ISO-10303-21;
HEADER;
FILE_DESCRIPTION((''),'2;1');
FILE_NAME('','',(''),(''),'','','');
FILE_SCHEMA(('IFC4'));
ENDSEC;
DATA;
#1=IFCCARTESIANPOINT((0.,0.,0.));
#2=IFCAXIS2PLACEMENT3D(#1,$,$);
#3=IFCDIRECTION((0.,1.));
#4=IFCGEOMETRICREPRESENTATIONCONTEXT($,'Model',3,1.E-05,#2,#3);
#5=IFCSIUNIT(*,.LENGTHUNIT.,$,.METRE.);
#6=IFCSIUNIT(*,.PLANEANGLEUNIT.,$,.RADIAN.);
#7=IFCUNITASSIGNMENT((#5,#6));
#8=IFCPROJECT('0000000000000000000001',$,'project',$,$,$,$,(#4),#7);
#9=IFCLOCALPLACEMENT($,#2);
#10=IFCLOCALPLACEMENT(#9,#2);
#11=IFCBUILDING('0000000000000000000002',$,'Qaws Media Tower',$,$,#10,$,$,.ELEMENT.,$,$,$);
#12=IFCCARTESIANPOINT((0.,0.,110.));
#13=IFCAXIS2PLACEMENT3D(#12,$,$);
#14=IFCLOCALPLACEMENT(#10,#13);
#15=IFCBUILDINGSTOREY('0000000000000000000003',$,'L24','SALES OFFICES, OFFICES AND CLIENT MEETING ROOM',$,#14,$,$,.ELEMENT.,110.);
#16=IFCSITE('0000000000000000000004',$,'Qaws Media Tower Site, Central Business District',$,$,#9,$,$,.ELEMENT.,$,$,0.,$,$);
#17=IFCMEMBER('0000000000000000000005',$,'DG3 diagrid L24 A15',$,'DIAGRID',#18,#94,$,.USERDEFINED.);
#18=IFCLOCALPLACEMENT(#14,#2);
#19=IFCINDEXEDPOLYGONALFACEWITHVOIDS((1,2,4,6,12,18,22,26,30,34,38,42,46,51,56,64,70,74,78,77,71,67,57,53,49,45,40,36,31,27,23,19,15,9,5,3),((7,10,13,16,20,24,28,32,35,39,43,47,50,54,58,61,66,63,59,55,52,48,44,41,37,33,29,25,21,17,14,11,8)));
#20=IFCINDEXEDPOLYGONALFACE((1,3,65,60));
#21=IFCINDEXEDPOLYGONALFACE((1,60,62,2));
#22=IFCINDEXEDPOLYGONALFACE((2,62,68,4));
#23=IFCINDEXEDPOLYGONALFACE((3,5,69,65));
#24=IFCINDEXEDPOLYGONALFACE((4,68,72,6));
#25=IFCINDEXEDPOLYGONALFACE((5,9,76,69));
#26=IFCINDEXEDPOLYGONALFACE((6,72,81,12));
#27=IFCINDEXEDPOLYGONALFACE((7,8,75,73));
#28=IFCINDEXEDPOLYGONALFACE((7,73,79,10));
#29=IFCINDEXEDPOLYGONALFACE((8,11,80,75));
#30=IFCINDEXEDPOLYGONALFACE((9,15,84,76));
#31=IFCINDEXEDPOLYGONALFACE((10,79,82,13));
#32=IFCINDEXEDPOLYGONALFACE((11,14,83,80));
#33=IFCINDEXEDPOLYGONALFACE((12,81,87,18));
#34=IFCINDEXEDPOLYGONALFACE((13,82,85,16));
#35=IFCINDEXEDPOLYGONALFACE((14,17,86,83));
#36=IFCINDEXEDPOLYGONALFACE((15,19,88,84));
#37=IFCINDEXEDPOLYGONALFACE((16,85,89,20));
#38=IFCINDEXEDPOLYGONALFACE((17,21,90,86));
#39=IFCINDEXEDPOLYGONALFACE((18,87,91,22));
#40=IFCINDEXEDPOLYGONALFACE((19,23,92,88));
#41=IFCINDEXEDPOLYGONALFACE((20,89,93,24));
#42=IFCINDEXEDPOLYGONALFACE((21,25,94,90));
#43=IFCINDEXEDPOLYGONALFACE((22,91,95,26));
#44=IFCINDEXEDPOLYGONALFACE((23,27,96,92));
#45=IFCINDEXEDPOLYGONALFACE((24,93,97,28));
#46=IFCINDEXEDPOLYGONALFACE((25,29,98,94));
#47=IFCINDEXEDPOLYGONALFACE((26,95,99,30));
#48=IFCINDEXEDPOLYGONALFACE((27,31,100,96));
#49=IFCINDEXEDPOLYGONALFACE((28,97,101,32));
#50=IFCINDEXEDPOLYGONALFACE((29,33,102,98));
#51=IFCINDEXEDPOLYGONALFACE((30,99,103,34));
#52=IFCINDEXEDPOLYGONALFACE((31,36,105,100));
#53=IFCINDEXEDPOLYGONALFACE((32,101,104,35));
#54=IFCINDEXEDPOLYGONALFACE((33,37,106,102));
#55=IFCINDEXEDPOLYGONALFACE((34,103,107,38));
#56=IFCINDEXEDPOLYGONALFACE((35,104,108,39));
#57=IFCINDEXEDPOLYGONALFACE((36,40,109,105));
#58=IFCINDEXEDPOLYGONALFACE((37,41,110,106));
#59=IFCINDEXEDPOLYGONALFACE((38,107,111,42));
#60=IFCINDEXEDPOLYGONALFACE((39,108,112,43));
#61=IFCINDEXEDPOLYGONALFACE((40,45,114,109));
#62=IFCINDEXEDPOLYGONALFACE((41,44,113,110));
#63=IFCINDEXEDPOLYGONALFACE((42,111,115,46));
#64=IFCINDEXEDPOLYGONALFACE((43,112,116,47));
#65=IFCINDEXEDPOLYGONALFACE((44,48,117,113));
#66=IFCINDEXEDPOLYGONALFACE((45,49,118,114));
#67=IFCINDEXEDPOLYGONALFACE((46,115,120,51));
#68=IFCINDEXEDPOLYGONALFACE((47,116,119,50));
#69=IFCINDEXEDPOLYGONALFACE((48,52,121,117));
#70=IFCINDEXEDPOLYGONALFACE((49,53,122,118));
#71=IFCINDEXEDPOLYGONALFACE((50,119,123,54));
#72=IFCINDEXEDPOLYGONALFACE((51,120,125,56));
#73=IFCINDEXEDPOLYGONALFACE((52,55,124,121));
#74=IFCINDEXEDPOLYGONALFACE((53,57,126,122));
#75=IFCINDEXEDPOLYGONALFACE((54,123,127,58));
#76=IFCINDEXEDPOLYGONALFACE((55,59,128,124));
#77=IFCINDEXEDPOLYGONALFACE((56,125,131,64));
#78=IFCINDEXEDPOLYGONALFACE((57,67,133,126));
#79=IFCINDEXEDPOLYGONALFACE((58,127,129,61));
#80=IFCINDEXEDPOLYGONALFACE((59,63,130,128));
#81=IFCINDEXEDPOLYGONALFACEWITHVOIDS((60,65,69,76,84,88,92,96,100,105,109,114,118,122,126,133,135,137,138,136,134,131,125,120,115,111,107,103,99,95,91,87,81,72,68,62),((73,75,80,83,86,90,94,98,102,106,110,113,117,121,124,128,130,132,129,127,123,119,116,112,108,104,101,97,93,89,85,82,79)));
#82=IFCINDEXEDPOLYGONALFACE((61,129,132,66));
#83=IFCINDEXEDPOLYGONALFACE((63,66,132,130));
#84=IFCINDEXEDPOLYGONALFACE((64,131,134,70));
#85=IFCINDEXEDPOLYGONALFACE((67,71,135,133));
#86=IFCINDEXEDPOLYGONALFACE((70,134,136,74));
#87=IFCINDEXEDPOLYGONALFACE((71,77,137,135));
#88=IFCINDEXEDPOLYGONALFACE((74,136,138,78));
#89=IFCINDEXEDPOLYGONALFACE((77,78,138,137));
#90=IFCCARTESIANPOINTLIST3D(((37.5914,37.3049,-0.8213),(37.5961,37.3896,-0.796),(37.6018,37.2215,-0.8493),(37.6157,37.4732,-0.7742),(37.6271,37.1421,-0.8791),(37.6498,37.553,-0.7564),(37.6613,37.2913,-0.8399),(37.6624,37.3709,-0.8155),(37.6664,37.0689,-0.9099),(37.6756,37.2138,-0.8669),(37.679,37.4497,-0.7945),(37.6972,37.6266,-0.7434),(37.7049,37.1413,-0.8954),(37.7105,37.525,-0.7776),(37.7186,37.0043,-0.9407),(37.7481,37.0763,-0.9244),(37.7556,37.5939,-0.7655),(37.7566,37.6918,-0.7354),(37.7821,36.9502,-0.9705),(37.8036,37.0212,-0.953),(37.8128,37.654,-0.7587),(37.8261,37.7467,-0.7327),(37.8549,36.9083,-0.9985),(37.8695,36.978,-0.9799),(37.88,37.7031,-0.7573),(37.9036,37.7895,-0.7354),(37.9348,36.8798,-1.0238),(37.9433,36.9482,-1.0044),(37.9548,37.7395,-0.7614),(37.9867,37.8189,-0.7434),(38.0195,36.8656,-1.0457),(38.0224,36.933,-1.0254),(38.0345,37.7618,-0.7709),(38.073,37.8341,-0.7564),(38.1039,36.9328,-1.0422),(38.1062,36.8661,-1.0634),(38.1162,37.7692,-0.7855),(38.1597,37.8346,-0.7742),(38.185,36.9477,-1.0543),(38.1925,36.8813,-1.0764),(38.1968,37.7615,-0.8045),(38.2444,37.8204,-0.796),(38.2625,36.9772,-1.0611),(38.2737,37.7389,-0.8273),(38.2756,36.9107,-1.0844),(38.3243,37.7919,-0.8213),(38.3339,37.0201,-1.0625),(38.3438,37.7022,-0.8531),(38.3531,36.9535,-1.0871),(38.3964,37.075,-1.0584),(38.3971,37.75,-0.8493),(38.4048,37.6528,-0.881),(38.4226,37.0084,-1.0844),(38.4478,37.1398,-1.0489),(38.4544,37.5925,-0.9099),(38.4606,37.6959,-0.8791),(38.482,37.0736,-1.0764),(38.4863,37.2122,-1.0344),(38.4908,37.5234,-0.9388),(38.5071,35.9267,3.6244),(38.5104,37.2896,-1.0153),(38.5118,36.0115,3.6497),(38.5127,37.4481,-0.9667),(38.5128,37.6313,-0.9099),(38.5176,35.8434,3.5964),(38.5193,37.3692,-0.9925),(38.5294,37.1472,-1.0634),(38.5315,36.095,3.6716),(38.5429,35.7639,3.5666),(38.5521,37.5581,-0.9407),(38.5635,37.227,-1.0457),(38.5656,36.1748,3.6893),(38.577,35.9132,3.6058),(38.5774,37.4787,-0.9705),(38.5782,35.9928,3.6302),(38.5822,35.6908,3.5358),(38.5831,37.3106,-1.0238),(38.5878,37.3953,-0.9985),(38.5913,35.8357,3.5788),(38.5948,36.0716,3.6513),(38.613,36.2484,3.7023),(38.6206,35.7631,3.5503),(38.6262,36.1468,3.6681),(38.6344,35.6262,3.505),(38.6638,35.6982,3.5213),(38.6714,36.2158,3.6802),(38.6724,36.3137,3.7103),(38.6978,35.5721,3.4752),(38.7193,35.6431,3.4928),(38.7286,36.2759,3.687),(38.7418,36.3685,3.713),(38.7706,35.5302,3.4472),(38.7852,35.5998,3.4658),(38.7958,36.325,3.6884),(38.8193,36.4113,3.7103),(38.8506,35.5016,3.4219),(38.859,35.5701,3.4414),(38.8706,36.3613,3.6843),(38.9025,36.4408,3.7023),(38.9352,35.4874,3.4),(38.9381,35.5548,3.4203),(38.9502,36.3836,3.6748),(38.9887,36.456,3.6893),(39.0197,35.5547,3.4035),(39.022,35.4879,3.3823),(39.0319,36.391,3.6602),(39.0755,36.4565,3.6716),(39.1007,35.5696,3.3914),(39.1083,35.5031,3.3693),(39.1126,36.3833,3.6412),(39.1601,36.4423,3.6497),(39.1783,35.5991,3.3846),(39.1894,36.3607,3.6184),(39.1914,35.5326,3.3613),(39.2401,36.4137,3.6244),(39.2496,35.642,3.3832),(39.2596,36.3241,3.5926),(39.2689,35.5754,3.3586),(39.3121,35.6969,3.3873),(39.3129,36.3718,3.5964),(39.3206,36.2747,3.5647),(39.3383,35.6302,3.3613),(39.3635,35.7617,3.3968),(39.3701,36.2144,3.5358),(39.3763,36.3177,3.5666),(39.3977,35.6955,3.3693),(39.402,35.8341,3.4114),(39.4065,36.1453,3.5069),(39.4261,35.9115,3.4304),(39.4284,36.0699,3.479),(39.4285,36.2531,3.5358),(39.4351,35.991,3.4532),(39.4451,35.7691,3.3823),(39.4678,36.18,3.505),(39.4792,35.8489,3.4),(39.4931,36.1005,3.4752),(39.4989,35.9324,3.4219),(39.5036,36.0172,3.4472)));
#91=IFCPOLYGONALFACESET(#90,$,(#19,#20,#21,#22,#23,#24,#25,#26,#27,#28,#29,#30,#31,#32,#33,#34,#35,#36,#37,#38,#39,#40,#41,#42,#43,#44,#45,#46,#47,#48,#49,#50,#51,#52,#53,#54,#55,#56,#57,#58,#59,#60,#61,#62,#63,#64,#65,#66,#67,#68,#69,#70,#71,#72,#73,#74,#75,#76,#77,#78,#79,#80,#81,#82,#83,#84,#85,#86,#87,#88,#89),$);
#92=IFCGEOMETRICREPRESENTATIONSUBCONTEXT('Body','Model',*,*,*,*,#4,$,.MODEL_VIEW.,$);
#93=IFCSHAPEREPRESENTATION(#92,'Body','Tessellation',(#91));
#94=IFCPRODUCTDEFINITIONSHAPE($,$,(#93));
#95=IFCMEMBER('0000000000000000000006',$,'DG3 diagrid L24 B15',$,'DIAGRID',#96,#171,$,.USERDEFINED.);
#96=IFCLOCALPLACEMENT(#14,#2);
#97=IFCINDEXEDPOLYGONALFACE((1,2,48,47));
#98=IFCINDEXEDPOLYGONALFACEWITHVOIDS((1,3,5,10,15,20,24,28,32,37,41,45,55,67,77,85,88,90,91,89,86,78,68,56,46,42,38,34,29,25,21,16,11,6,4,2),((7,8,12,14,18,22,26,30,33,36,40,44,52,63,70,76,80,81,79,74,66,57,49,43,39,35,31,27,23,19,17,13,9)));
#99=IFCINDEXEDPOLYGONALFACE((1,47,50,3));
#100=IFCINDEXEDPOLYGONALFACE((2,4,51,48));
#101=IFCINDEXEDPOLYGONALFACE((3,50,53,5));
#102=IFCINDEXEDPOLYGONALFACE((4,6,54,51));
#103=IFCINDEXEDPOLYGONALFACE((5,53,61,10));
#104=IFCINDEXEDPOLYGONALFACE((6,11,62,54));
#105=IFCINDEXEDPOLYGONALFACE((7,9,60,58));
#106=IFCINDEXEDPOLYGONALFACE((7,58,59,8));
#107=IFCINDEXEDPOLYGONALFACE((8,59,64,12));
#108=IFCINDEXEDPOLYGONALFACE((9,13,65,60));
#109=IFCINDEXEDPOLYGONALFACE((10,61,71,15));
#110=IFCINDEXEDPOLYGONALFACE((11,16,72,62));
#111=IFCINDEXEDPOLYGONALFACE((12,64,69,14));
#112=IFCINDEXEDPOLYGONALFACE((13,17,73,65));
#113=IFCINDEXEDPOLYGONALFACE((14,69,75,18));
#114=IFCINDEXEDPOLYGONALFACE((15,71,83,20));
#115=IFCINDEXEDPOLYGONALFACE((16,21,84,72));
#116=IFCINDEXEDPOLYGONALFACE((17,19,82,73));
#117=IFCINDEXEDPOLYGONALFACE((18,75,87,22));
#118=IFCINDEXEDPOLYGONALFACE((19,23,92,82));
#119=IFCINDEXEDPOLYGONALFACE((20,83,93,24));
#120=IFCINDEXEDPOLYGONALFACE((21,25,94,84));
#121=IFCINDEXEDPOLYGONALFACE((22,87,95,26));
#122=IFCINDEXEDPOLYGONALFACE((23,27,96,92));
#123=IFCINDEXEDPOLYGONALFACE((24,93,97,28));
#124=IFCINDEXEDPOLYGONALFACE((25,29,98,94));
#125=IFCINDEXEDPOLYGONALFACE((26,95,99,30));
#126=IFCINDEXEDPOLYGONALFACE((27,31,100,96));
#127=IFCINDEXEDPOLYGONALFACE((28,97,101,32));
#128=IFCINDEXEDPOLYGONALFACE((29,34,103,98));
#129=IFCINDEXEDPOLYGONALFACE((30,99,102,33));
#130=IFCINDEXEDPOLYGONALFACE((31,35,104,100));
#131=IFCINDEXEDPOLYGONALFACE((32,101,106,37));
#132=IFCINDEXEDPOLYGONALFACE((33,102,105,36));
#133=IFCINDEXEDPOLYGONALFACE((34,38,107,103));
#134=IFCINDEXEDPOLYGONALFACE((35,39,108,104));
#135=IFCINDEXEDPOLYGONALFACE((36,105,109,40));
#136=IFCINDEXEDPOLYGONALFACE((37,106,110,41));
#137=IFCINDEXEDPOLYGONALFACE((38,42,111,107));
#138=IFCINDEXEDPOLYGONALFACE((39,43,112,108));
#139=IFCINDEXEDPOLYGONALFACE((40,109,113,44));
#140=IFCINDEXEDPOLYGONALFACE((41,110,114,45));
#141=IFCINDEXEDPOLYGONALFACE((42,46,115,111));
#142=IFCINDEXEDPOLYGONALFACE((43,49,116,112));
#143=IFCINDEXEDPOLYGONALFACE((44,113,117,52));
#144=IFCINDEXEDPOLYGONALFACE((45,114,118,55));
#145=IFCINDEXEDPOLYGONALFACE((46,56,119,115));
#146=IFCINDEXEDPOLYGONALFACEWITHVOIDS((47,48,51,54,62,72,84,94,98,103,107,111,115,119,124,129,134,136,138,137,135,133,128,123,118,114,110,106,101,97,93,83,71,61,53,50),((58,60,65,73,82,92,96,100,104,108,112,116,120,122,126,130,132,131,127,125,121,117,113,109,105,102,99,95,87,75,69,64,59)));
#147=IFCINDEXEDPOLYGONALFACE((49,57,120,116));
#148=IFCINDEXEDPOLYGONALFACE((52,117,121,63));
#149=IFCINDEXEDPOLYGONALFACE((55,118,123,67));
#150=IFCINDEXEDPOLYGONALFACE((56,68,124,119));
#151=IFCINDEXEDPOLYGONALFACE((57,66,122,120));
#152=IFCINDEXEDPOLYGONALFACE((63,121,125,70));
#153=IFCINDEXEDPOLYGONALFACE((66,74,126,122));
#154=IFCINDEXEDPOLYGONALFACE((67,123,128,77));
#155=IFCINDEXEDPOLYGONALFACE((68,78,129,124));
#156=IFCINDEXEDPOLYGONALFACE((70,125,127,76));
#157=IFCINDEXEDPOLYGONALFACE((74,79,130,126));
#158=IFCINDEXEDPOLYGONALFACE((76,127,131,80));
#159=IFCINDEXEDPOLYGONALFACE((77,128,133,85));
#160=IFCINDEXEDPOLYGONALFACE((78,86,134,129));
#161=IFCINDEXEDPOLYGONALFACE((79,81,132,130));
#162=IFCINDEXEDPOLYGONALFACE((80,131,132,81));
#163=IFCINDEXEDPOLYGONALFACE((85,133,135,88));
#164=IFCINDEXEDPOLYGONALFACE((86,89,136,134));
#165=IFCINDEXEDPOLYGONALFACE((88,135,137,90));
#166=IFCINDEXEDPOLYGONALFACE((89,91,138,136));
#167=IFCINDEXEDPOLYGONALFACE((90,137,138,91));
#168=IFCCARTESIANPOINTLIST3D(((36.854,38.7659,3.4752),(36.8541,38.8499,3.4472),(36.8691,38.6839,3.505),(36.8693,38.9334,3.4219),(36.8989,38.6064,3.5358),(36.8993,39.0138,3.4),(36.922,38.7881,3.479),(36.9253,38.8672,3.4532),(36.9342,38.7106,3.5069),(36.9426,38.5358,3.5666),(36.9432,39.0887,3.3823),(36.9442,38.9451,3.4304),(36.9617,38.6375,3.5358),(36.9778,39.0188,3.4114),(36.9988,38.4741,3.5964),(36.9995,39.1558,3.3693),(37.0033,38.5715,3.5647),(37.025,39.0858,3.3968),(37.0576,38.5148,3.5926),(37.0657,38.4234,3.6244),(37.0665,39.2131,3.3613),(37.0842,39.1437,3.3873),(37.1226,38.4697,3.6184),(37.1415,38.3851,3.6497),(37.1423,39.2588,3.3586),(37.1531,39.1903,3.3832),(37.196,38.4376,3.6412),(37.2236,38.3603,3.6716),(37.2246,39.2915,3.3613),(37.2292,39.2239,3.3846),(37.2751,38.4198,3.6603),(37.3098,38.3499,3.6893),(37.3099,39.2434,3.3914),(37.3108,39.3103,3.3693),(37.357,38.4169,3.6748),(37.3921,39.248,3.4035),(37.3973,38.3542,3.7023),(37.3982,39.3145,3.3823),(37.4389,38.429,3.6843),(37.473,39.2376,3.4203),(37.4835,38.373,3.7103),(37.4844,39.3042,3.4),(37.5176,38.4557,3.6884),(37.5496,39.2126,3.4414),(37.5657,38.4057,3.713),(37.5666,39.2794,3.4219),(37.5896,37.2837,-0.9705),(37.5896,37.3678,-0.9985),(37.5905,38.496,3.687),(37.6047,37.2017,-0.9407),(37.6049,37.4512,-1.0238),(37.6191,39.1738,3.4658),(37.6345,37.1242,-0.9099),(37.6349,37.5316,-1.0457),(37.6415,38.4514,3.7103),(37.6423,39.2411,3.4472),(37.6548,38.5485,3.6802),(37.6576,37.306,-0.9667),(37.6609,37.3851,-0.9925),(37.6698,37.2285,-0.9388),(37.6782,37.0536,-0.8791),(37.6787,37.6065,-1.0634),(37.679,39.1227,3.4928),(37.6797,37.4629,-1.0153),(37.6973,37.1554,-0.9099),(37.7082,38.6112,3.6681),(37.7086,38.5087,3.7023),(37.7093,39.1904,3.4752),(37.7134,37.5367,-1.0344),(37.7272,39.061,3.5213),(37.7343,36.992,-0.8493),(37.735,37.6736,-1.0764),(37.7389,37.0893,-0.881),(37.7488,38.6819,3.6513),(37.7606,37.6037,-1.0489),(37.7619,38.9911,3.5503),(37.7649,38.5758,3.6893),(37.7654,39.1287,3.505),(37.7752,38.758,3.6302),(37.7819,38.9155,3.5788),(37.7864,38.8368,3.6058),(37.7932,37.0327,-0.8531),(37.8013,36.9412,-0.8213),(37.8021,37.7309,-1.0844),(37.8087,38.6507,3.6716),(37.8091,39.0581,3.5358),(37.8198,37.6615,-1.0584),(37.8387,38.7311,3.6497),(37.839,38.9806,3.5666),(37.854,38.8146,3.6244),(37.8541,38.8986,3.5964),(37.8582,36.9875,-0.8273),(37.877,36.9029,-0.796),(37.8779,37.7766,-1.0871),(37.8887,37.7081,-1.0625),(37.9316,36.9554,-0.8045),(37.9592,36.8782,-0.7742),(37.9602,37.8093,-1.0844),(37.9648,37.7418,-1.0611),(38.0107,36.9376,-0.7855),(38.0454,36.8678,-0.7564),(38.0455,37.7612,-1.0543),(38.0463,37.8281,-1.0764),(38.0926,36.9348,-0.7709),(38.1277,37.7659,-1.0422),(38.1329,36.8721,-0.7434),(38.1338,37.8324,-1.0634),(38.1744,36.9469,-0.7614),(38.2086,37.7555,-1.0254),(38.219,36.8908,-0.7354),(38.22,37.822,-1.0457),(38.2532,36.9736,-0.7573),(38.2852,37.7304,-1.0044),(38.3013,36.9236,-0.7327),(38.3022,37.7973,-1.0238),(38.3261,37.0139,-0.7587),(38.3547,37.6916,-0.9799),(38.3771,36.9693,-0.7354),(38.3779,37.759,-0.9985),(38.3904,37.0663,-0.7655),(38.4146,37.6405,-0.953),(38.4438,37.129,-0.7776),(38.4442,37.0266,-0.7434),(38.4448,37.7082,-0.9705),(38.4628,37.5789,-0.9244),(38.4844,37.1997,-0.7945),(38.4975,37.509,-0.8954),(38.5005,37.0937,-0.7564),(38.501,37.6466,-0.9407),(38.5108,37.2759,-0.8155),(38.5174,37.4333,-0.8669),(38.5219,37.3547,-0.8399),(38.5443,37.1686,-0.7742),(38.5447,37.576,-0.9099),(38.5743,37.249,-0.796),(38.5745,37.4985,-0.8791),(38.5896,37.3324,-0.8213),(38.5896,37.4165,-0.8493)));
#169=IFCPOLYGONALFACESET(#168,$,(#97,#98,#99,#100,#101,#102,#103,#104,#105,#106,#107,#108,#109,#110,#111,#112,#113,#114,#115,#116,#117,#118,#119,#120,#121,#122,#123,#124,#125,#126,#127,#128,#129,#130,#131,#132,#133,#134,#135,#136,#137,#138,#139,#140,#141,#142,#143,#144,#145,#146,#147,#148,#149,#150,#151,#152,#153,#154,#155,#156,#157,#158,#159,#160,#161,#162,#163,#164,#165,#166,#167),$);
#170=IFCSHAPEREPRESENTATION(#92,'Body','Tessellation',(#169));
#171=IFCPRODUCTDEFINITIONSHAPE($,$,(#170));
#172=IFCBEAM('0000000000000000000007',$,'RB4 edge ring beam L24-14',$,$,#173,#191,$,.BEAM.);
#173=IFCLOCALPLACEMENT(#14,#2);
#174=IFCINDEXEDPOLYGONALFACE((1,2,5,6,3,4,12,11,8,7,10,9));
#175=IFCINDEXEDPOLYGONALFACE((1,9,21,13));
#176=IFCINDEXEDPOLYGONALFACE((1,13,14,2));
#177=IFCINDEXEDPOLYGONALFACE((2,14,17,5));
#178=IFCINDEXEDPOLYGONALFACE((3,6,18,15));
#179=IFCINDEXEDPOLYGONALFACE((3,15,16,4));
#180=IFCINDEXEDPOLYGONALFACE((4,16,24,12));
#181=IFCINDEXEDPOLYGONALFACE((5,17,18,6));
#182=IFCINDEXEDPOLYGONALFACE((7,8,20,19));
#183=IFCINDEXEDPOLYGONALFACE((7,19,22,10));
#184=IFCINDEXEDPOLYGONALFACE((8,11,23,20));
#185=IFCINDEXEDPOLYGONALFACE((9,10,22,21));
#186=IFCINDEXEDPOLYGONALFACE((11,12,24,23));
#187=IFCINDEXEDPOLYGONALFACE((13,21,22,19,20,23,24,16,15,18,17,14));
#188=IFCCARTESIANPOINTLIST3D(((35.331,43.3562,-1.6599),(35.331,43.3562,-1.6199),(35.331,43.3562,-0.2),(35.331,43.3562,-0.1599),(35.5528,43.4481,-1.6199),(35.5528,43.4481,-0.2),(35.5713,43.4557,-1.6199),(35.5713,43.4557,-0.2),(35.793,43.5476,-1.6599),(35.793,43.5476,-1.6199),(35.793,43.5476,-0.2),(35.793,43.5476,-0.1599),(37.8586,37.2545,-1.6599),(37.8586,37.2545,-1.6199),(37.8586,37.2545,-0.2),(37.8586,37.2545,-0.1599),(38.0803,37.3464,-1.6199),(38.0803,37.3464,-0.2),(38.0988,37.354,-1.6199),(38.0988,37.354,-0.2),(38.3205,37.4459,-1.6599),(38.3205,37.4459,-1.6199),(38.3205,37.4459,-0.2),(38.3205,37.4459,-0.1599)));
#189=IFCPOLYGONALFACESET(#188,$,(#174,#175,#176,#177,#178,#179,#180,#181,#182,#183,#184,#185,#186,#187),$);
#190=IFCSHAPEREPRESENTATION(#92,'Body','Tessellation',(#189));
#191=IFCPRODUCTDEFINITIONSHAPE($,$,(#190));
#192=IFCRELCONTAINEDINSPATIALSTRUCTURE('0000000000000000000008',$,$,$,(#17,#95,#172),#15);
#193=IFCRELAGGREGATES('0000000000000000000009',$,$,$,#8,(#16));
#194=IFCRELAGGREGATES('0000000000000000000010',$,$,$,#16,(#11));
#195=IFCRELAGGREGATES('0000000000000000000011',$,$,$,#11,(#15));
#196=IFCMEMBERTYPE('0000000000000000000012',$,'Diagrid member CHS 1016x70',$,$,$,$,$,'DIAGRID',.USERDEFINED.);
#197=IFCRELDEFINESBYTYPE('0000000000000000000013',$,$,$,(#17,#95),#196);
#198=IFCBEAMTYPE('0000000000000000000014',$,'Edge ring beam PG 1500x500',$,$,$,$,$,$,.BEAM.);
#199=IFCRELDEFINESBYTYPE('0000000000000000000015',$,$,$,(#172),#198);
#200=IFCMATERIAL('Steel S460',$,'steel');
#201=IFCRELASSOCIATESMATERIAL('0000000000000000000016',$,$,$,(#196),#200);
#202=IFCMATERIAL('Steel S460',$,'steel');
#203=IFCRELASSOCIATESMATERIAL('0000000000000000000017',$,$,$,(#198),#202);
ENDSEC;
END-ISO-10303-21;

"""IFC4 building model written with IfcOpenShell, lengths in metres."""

from ifc_helpers import new_model, si_unit, direction, frame, origin, origin_2d, place, context, subcontext, project, spatial, hollow_circle, i_section, extrude, material, material_profile, profile_set, type_object, element, save


model = new_model("IFC4")

# Units and contexts
model_context = context("Model", 3, precision=1e-05, world=origin(), true_north=direction((0.0, 1.0)))
body_context = subcontext(model_context, "Body", "Model", "MODEL_VIEW")
ifc_project = project(units=[si_unit("LENGTHUNIT", "METRE"), si_unit("PLANEANGLEUNIT", "RADIAN")], contexts=[model_context])

# Site, building, storey
site_placement = place(None, origin())
site = spatial("IfcSite", under=ifc_project, at=site_placement, Name="Qaws Media Tower Site, Central Business District", CompositionType="ELEMENT", RefElevation=0.0)
building_placement = place(site_placement, origin())
building = spatial("IfcBuilding", under=site, at=building_placement, Name="Qaws Media Tower", CompositionType="ELEMENT")
storey_placement = place(building_placement, frame((0.0, 0.0, 110.0)))
storey = spatial("IfcBuildingStorey", under=building, at=storey_placement, Name="L24", Description="SALES OFFICES, OFFICES AND CLIENT MEETING ROOM", CompositionType="ELEMENT", Elevation=110.0)

# Members
ifc_material_1 = material(Name="Steel S460", Category="steel")
ifc_material_profile_1 = material_profile(ifc_material_1, hollow_circle(Radius=0.5081, WallThickness=0.0701, at=origin_2d()), Name="CHS 1016x70")
ifc_profile_set_1 = profile_set([ifc_material_profile_1], Name="Steel S460")
member_type_1 = type_object("IfcMemberType", Name="Diagrid member CHS 1016x70", ElementType="DIAGRID", PredefinedType="USERDEFINED", material=ifc_profile_set_1)
for number, where, z_axis, x_axis, name in (
    (1, (38.0896, 37.3501, -0.9099), (0.193048, -0.290524, 0.937192), (0.832889, 0.55344, 0.0), "DG3 diagrid L24 A15"),
    (2, (38.0896, 37.3501, -0.9099), (-0.155067, 0.312449, 0.937193), (-0.895751, -0.444556, 0.0), "DG3 diagrid L24 B15"),
):
    element("IfcMember", number, at=place(storey_placement, frame(where, z_axis=z_axis, x_axis=x_axis)), inside=storey, type_object=member_type_1, Name=name, ObjectType="DIAGRID", PredefinedType="USERDEFINED", context=body_context, shape_type="SweptSolid", body=[
        extrude(hollow_circle(Radius=0.5081, WallThickness=0.0701, at=origin_2d()), origin(), (0.0, 0.0, 1.0), 4.7437),
    ])

# Beam
ifc_material_2 = material(Name="Steel S460", Category="steel")
ifc_material_profile_2 = material_profile(ifc_material_2, i_section(OverallWidth=0.5, OverallDepth=1.5, WebThickness=0.02, FlangeThickness=0.04, at=origin_2d()), Name="PG 1500x500")
ifc_profile_set_2 = profile_set([ifc_material_profile_2], Name="Steel S460")
beam_type = type_object("IfcBeamType", Name="Edge ring beam PG 1500x500", PredefinedType="BEAM", material=ifc_profile_set_2)
beam_1_placement = place(storey_placement, frame((35.562, 43.4519, -0.9099), z_axis=(0.382701, -0.923872, 0.0), x_axis=(0.923872, 0.382701, 0.0)))
element("IfcBeam", 3, at=beam_1_placement, inside=storey, type_object=beam_type, Name="RB4 edge ring beam L24-14", PredefinedType="BEAM", context=body_context, shape_type="SweptSolid", body=[
    extrude(i_section(OverallWidth=0.5, OverallDepth=1.5, WebThickness=0.02, FlangeThickness=0.04, at=origin_2d()), origin(), (0.0, 0.0, 1.0), 6.6045),
])

save(model, "model.ifc")
